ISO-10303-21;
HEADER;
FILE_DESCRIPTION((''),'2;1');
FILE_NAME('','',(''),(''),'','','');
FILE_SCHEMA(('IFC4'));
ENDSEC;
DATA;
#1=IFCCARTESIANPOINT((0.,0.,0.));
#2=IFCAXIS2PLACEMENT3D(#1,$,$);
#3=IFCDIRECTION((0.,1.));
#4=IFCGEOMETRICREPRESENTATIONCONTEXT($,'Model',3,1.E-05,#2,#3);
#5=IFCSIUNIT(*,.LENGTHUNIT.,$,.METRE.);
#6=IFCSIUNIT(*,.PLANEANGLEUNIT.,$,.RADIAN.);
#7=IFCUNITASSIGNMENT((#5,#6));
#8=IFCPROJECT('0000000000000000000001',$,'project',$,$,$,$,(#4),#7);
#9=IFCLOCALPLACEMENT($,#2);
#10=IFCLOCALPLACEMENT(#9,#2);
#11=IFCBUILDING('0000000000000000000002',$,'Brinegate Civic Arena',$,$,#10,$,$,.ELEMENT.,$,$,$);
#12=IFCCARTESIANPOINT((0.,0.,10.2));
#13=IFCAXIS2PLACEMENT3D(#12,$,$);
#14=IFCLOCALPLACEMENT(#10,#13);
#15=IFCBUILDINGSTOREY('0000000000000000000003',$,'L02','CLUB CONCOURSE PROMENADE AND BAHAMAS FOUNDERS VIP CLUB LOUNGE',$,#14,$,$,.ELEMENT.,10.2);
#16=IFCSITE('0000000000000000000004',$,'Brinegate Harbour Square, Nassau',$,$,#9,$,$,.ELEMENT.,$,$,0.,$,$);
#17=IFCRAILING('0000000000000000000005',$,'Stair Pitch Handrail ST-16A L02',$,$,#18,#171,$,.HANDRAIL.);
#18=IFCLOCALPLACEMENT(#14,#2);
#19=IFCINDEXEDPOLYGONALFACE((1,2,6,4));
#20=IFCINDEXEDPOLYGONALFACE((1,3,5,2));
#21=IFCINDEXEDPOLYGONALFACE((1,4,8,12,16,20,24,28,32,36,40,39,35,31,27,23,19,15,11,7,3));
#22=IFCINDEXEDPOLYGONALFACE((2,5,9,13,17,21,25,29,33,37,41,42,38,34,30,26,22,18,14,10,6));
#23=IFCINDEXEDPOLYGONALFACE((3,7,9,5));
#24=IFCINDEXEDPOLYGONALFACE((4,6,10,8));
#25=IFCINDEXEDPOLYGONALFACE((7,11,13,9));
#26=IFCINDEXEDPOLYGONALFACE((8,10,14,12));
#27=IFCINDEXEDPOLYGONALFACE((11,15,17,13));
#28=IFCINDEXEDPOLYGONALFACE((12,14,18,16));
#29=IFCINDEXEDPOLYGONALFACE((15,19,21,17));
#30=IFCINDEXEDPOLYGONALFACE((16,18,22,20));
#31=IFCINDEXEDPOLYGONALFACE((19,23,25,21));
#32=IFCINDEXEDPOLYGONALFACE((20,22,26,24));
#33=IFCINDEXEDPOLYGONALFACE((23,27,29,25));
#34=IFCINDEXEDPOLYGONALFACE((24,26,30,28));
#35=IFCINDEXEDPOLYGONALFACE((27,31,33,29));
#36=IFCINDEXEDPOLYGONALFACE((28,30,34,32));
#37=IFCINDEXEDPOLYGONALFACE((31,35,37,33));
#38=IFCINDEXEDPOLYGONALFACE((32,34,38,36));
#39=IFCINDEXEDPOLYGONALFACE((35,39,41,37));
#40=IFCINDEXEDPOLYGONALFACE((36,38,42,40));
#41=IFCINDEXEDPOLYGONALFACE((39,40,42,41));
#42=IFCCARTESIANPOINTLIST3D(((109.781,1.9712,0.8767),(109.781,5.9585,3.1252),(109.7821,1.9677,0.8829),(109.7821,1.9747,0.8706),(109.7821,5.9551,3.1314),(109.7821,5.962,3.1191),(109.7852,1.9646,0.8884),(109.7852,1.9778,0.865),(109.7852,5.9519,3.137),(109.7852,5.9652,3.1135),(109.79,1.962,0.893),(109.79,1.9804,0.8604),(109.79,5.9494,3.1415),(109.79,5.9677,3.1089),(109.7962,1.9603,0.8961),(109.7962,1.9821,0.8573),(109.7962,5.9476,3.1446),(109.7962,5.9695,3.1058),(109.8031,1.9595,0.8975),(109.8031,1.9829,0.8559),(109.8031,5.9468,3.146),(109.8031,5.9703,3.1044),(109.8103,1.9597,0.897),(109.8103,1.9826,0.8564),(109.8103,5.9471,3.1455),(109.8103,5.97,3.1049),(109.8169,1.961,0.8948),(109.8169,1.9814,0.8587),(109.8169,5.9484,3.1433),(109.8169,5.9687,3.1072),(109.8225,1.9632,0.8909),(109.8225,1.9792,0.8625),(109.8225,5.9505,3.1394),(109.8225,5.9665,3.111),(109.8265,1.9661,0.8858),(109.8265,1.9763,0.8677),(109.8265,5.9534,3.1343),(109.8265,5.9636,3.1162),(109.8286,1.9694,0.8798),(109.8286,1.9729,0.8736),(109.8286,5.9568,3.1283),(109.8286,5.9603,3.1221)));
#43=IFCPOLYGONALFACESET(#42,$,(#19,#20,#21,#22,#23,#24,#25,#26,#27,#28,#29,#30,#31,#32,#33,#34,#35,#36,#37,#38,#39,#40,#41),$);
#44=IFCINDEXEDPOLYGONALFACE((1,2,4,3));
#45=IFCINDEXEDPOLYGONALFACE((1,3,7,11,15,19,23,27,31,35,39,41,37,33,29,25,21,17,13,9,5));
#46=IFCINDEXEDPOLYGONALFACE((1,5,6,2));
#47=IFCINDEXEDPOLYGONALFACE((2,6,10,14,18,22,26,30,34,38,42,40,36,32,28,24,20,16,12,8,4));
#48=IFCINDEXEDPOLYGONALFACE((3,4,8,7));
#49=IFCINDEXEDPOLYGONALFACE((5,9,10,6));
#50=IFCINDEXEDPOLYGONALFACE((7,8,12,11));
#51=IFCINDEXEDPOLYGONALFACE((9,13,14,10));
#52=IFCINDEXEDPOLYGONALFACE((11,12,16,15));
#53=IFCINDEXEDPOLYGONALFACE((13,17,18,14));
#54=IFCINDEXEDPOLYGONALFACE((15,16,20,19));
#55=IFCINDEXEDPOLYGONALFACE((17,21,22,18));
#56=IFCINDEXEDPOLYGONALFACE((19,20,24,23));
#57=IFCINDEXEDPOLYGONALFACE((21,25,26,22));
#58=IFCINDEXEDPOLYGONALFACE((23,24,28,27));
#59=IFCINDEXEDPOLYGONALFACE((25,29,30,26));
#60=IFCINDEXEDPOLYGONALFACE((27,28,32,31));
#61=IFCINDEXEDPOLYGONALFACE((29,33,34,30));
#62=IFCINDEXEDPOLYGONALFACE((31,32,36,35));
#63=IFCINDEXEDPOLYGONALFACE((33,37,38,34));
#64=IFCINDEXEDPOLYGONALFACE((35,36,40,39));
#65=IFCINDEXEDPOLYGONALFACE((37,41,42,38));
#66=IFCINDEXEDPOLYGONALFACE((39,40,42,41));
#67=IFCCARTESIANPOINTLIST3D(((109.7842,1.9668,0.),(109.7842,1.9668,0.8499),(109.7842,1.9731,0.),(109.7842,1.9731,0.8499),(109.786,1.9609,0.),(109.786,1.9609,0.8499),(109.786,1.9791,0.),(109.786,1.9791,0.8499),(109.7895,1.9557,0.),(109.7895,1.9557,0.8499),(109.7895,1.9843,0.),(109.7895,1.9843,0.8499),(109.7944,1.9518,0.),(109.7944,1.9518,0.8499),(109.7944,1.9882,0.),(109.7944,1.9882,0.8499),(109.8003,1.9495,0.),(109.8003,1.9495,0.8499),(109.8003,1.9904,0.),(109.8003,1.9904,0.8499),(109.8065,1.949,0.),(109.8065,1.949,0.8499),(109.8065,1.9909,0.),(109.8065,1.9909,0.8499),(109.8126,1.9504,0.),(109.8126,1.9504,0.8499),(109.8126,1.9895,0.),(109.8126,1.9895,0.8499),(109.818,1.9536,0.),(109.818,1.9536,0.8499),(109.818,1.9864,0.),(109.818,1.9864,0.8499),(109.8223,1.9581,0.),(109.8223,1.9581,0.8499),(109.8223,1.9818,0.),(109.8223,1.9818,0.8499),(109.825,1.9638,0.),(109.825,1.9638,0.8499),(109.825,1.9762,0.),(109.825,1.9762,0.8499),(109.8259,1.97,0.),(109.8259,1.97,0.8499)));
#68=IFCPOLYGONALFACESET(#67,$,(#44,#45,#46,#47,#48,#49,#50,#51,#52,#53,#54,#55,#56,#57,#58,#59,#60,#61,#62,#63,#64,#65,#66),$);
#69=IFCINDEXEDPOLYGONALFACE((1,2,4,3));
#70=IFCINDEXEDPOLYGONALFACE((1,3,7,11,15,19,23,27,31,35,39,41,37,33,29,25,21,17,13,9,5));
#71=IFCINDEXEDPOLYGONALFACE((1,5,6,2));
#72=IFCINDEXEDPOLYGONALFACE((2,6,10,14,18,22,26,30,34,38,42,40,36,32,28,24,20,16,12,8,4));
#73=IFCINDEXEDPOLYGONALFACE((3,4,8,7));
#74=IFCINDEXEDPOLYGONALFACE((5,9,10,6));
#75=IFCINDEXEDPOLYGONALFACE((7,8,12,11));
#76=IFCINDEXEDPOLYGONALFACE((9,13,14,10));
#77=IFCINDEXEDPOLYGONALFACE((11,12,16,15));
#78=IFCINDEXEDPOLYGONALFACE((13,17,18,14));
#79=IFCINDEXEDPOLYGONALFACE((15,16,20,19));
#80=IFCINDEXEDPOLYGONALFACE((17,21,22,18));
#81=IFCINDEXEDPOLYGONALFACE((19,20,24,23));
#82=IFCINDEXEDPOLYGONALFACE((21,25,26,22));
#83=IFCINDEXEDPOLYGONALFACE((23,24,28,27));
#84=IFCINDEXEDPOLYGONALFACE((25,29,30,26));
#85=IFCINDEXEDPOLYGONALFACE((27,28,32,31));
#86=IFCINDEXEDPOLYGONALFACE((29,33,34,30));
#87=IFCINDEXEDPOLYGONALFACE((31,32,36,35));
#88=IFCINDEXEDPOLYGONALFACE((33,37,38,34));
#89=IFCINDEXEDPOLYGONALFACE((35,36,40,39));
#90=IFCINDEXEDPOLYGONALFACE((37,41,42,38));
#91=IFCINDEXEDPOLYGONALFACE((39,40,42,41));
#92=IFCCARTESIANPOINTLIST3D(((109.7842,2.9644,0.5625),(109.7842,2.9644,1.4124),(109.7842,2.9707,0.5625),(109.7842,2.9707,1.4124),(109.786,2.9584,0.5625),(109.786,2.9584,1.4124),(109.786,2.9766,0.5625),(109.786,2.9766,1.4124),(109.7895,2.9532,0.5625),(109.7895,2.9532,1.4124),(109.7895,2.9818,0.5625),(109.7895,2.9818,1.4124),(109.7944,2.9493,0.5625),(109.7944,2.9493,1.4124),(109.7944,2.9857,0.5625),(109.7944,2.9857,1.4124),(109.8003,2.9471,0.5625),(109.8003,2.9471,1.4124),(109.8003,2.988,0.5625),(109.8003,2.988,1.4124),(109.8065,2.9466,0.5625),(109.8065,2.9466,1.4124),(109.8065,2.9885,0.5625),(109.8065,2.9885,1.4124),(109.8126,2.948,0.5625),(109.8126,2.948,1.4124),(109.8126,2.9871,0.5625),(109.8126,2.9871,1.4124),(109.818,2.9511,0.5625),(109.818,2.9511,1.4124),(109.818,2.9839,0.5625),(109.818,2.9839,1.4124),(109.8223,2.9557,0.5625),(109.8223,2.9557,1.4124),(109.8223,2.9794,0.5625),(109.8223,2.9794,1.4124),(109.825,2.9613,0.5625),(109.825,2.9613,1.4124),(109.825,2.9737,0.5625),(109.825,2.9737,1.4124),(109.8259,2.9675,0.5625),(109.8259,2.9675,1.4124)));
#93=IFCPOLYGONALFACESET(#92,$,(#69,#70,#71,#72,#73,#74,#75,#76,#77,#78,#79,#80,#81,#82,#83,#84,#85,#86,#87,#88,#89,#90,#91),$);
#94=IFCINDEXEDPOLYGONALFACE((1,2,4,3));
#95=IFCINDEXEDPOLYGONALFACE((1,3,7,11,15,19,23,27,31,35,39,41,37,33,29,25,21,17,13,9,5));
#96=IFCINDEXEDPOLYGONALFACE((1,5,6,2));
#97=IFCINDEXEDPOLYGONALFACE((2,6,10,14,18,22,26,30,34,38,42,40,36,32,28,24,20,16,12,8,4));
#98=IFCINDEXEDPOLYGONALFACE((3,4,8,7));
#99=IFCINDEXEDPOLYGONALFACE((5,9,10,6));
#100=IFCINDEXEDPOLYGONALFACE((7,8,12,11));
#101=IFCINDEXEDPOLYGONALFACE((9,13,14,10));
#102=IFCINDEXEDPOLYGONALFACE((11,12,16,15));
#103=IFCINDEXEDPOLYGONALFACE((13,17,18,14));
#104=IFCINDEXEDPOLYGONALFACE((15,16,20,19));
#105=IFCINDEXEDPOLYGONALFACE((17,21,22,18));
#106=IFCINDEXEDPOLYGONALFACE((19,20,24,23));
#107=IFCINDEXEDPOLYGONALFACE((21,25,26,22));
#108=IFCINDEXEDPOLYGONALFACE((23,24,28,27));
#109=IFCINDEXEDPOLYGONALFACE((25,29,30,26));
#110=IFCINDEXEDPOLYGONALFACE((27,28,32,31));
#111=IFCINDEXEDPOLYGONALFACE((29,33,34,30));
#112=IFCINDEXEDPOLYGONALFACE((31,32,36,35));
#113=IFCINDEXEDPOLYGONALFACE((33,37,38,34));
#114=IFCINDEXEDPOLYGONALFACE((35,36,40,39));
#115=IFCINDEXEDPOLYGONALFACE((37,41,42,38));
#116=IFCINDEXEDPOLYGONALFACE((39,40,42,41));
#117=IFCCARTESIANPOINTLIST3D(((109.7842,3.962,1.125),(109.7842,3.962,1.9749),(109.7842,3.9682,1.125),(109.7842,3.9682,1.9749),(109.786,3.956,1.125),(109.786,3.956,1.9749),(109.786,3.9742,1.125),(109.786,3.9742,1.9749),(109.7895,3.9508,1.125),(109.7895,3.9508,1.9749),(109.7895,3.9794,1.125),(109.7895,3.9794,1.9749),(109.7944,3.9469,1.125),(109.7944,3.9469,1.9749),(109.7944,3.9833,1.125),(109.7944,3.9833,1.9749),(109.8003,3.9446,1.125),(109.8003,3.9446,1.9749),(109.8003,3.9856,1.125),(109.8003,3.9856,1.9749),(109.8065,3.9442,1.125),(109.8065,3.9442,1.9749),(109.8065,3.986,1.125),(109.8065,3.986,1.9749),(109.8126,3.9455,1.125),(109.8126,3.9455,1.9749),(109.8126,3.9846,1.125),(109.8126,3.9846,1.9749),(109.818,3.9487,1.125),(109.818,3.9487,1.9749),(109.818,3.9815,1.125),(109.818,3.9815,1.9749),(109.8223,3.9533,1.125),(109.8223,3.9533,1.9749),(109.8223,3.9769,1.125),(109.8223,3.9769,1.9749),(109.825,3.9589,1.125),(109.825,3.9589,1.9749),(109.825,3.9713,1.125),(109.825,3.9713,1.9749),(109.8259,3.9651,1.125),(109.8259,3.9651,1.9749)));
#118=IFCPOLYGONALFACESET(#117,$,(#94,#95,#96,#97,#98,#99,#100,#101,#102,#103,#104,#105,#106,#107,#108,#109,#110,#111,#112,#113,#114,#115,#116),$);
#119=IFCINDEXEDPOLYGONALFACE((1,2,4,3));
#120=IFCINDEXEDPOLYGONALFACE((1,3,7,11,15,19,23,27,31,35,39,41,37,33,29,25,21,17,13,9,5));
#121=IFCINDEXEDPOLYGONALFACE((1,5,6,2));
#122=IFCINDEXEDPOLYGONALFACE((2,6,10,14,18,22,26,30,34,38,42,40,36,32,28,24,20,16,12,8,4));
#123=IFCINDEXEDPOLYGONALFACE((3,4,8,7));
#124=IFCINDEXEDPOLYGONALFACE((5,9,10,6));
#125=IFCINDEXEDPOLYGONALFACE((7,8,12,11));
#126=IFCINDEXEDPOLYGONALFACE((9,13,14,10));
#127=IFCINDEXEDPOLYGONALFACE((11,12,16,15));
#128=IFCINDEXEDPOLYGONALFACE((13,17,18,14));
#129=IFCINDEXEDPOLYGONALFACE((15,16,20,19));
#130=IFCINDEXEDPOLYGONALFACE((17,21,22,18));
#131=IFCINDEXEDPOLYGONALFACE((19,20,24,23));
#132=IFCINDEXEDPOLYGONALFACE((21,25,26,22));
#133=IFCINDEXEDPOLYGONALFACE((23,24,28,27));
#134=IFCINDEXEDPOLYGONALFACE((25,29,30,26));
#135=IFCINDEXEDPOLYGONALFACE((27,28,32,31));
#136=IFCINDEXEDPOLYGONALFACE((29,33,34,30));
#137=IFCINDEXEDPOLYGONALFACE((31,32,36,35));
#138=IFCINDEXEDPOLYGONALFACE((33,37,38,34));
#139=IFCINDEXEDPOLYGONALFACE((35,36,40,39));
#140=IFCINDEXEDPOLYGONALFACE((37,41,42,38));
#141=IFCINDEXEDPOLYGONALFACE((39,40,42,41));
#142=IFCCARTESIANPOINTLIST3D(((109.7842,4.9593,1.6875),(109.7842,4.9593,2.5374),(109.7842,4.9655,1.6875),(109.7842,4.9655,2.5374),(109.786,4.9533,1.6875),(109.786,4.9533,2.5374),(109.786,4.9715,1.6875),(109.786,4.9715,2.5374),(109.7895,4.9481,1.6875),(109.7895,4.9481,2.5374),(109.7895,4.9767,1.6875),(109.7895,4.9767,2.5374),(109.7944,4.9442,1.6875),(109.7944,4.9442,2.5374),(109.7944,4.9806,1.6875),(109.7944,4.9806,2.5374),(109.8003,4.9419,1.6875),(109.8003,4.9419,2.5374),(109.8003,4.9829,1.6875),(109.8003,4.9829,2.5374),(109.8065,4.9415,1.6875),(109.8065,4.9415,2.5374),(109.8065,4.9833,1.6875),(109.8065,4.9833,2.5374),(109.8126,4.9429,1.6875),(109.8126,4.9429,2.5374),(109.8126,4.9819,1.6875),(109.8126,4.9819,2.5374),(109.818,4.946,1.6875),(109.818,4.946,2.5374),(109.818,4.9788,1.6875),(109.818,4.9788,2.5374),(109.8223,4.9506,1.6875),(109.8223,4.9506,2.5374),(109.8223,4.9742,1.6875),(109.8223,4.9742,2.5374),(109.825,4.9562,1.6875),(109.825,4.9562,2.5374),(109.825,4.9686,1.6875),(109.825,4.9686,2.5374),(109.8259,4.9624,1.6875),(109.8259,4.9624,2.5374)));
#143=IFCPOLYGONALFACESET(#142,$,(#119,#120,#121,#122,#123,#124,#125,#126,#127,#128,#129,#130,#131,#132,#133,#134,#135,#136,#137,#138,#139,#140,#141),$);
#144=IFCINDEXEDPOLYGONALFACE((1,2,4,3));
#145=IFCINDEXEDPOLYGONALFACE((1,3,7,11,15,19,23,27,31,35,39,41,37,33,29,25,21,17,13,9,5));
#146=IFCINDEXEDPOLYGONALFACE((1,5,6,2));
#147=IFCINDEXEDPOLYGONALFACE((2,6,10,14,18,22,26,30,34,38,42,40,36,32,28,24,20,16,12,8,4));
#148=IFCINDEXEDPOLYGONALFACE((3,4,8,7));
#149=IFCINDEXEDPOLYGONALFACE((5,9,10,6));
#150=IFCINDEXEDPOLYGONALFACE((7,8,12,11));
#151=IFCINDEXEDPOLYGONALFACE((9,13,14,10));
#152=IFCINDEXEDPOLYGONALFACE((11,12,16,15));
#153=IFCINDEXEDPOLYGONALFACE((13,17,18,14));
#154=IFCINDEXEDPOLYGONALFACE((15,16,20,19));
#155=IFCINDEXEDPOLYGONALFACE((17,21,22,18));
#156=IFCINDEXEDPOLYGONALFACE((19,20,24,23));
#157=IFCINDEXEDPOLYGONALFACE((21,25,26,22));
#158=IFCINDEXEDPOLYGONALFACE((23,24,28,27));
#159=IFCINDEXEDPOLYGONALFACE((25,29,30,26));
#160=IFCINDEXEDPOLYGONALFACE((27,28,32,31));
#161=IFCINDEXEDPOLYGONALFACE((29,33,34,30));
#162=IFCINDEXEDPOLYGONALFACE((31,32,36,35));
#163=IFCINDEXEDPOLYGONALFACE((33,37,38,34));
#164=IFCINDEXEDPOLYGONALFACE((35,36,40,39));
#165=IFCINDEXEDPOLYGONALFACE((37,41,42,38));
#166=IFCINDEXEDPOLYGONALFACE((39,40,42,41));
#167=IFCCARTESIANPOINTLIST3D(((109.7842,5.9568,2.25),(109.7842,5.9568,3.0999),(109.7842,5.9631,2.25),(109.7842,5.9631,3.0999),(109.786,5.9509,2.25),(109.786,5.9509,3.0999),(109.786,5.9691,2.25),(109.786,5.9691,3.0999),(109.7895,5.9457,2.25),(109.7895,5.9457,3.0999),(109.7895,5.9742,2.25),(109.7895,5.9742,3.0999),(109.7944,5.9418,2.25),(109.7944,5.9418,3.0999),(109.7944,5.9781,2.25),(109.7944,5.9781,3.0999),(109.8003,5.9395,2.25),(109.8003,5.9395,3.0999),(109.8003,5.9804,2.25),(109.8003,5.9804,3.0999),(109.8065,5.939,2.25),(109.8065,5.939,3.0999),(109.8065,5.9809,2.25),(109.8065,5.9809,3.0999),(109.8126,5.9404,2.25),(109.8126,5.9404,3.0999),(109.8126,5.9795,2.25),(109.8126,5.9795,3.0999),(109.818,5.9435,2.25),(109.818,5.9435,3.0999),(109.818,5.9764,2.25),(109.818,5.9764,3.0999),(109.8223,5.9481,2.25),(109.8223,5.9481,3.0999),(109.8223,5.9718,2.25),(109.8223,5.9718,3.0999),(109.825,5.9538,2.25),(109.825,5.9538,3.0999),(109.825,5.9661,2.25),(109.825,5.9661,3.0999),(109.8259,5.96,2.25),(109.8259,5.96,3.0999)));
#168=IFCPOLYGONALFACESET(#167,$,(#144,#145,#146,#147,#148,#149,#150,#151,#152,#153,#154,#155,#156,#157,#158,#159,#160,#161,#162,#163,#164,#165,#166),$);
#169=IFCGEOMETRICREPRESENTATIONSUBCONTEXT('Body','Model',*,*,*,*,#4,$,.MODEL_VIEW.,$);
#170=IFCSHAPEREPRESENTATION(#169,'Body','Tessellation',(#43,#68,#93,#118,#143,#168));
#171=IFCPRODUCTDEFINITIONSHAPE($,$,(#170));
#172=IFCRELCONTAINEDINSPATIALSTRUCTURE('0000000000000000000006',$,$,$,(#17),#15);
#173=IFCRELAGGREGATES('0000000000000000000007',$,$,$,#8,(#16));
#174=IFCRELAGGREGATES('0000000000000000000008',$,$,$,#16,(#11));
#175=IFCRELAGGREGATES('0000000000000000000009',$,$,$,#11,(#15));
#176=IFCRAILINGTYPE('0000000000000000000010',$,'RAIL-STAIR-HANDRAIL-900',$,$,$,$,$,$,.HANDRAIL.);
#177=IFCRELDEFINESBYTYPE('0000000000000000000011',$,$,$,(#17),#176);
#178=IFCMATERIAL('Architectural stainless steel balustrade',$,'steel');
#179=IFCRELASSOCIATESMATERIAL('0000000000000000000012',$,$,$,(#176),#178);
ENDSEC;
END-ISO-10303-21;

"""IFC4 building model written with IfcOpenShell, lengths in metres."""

from ifc_helpers import new_model, si_unit, direction, frame, origin, origin_2d, place, context, subcontext, project, spatial, circle, extrude, material, type_object, element, save


model = new_model("IFC4")

# Units and contexts
model_context = context("Model", 3, precision=1e-05, world=origin(), true_north=direction((0.0, 1.0)))
body_context = subcontext(model_context, "Body", "Model", "MODEL_VIEW")
ifc_project = project(units=[si_unit("LENGTHUNIT", "METRE"), si_unit("PLANEANGLEUNIT", "RADIAN")], contexts=[model_context])

# Site, building, storey
site_placement = place(None, origin())
site = spatial("IfcSite", under=ifc_project, at=site_placement, Name="Brinegate Harbour Square, Nassau", CompositionType="ELEMENT", RefElevation=0.0)
building_placement = place(site_placement, origin())
building = spatial("IfcBuilding", under=site, at=building_placement, Name="Brinegate Civic Arena", CompositionType="ELEMENT")
storey_placement = place(building_placement, frame((0.0, 0.0, 10.2)))
storey = spatial("IfcBuildingStorey", under=building, at=storey_placement, Name="L02", Description="CLUB CONCOURSE PROMENADE AND BAHAMAS FOUNDERS VIP CLUB LOUNGE", CompositionType="ELEMENT", Elevation=10.2)

# Railing
ifc_material_1 = material(Name="Architectural stainless steel balustrade", Category="steel")
railing_type_1 = type_object("IfcRailingType", Name="RAIL-STAIR-HANDRAIL-900", PredefinedType="HANDRAIL", material=ifc_material_1)
for number, where, name in (
    (1, (109.8049, 1.97, 0.0), "Stair Pitch Handrail ST-16A L02"),
):
    element("IfcRailing", number, at=place(storey_placement, frame(where)), inside=storey, type_object=railing_type_1, Name=name, PredefinedType="HANDRAIL", context=body_context, shape_type="SweptSolid", body=[
        extrude(circle(Radius=0.0239, at=origin_2d()), frame((0.0, 0.0012, 0.8767), z_axis=(0.0, 0.87105, 0.491195), x_axis=(-1.0, 0.0, 0.0)), (0.0, 0.0, 1.0), 4.5776),
        extrude(circle(Radius=0.021, at=origin_2d()), origin(), (0.0, 0.0, 1.0), 0.8499),
        extrude(circle(Radius=0.021, at=origin_2d()), frame((0.0, 0.9976, 0.5625)), (0.0, 0.0, 1.0), 0.8499),
        extrude(circle(Radius=0.021, at=origin_2d()), frame((0.0, 1.9951, 1.125)), (0.0, 0.0, 1.0), 0.8499),
        extrude(circle(Radius=0.021, at=origin_2d()), frame((0.0, 2.9924, 1.6875)), (0.0, 0.0, 1.0), 0.8499),
        extrude(circle(Radius=0.021, at=origin_2d()), frame((0.0, 3.99, 2.25)), (0.0, 0.0, 1.0), 0.8499),
    ])

save(model, "model.ifc")
